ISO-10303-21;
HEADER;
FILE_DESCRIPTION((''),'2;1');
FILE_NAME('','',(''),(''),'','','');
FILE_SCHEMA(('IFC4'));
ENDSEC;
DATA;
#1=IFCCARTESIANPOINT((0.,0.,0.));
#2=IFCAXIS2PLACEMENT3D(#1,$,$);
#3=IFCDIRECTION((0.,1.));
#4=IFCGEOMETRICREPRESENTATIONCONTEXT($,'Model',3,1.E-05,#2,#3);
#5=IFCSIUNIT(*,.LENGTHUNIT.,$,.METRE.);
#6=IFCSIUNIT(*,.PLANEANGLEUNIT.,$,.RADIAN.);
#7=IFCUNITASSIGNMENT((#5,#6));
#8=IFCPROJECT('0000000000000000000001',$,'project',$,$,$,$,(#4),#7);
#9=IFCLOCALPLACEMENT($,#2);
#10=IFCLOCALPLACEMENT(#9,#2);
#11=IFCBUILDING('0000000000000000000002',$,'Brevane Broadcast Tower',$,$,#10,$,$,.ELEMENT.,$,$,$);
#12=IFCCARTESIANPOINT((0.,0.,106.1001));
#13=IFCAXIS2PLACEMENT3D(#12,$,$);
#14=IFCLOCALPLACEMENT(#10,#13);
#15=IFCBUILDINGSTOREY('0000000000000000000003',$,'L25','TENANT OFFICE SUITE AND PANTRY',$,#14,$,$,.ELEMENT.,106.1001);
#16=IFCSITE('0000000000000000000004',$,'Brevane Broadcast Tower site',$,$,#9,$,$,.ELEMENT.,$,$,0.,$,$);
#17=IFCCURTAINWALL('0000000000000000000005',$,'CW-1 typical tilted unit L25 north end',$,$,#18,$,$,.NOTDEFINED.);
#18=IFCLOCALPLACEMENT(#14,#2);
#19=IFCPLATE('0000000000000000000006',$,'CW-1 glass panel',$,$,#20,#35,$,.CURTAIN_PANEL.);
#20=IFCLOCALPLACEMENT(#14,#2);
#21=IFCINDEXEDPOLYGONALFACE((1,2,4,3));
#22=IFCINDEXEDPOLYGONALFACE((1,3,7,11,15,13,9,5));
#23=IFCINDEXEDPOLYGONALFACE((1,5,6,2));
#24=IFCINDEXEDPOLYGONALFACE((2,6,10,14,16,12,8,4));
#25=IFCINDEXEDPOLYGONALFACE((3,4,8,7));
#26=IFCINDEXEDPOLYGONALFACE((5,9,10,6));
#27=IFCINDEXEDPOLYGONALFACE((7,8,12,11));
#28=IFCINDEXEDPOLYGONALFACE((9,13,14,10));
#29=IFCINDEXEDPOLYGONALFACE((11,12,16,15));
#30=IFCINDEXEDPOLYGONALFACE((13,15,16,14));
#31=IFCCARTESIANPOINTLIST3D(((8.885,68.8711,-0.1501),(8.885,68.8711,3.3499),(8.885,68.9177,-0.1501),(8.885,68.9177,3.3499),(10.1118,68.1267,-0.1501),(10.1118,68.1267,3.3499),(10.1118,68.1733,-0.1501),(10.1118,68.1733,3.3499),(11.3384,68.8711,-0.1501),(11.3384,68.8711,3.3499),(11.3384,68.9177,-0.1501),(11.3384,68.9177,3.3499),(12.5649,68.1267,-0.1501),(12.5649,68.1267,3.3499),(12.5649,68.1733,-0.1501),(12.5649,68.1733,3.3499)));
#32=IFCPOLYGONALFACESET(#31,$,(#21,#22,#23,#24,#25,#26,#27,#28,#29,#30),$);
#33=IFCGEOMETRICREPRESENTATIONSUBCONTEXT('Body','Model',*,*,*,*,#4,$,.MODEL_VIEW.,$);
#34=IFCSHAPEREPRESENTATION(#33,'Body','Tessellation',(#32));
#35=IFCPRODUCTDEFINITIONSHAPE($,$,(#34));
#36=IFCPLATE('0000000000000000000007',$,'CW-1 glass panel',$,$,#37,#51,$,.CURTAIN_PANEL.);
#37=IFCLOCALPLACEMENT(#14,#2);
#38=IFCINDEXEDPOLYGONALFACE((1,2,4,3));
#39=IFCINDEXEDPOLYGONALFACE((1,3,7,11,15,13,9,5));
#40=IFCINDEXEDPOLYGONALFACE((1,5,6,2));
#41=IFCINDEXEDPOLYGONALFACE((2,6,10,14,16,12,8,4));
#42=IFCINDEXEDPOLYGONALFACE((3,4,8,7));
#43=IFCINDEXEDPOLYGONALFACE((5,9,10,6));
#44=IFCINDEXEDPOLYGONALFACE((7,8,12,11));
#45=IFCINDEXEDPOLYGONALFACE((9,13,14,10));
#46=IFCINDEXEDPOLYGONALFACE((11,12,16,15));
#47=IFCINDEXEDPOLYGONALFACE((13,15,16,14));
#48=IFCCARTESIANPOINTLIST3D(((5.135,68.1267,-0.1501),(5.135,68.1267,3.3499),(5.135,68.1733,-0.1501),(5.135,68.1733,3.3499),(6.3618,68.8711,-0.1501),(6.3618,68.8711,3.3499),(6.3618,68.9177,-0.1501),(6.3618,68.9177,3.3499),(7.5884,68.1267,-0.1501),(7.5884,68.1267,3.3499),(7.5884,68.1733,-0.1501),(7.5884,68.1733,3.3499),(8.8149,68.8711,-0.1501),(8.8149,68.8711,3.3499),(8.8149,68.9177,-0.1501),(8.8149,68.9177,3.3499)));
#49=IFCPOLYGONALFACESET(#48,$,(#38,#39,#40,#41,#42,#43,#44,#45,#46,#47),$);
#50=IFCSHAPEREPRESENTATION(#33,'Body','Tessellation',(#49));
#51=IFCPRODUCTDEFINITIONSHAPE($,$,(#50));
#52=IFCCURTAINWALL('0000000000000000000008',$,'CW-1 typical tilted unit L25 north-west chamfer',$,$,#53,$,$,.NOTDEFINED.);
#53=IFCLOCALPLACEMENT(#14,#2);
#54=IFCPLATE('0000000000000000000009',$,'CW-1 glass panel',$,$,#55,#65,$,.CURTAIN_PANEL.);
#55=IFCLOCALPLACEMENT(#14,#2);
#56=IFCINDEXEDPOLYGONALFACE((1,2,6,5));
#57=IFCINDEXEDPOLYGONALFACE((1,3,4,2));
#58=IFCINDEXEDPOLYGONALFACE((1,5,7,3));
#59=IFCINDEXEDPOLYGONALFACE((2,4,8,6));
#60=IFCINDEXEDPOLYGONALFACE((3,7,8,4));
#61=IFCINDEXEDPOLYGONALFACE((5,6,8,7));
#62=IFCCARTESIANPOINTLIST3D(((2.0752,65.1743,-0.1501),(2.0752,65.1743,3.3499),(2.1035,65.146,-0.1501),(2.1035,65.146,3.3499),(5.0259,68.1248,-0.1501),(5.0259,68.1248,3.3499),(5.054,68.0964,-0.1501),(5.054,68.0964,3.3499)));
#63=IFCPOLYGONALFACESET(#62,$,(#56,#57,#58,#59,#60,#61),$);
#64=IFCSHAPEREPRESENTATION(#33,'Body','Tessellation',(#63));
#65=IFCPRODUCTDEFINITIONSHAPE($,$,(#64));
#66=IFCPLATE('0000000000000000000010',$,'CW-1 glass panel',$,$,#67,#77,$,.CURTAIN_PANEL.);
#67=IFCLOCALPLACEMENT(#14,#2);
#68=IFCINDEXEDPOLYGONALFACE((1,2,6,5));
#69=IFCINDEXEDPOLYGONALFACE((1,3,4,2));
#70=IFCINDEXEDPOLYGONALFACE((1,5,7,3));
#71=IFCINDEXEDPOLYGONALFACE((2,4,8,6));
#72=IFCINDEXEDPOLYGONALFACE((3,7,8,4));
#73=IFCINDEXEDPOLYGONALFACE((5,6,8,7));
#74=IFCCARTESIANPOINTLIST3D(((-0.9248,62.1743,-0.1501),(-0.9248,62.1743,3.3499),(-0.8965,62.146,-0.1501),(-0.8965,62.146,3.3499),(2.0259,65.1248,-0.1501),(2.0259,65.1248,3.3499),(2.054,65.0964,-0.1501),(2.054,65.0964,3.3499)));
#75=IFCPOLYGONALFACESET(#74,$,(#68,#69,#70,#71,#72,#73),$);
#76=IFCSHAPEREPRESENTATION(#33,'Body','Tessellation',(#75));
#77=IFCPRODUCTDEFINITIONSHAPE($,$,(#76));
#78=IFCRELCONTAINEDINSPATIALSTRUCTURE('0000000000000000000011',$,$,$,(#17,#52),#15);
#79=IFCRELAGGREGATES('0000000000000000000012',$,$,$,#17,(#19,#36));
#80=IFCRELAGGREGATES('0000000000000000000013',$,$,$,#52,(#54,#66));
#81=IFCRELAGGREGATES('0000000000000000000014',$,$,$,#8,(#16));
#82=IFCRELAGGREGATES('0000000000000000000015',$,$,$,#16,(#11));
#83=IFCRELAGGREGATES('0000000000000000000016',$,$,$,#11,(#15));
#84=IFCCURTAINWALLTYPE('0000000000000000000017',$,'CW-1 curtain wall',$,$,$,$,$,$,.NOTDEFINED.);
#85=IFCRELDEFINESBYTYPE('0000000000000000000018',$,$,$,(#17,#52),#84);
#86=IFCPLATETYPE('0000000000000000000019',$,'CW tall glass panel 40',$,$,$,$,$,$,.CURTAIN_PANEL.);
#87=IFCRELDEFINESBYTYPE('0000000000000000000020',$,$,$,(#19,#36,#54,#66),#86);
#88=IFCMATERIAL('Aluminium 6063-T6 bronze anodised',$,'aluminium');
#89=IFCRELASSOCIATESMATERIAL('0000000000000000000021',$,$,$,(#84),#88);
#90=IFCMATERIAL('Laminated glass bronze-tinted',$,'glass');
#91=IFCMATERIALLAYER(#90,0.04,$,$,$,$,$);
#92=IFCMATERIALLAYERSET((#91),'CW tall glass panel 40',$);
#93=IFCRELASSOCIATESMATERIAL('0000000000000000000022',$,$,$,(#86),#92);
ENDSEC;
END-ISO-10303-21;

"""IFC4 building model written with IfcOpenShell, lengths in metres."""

from ifc_helpers import new_model, si_unit, direction, frame, origin, place, context, subcontext, project, spatial, polyline, outline, extrude, material, layer, layer_set, type_object, element, aggregate, save


model = new_model("IFC4")

# Units and contexts
model_context = context("Model", 3, precision=1e-05, world=origin(), true_north=direction((0.0, 1.0)))
body_context = subcontext(model_context, "Body", "Model", "MODEL_VIEW")
ifc_project = project(units=[si_unit("LENGTHUNIT", "METRE"), si_unit("PLANEANGLEUNIT", "RADIAN")], contexts=[model_context])

# Site, building, storey
site_placement = place(None, origin())
site = spatial("IfcSite", under=ifc_project, at=site_placement, Name="Brevane Broadcast Tower site", CompositionType="ELEMENT", RefElevation=0.0)
building_placement = place(site_placement, origin())
building = spatial("IfcBuilding", under=site, at=building_placement, Name="Brevane Broadcast Tower", CompositionType="ELEMENT")
storey_placement = place(building_placement, frame((0.0, 0.0, 106.1001)))
storey = spatial("IfcBuildingStorey", under=building, at=storey_placement, Name="L25", Description="TENANT OFFICE SUITE AND PANTRY", CompositionType="ELEMENT", Elevation=106.1001)

# Shared definitions
ifc_material_1 = material(Name="Aluminium 6063-T6 bronze anodised", Category="aluminium")
curtain_wall_type = type_object("IfcCurtainWallType", Name="CW-1 curtain wall", PredefinedType="NOTDEFINED", material=ifc_material_1)

# Curtain walls, plates
ifc_material_2 = material(Name="Laminated glass bronze-tinted", Category="glass")
ifc_layer = layer(ifc_material_2, 0.04)
ifc_layer_set = layer_set([ifc_layer], Name="CW tall glass panel 40")
plate_type = type_object("IfcPlateType", Name="CW tall glass panel 40", PredefinedType="CURTAIN_PANEL", material=ifc_layer_set)
curtain_wall_1_placement = place(storey_placement, origin())
curtain_wall_1 = element("IfcCurtainWall", 1, at=curtain_wall_1_placement, inside=storey, type_object=curtain_wall_type, Name="CW-1 typical tilted unit L25 north end", PredefinedType="NOTDEFINED")
plate_1_placement = place(storey_placement, frame((0.0, 0.0, -0.1501)))
plate_1 = element("IfcPlate", 2, at=plate_1_placement, type_object=plate_type, Name="CW-1 glass panel", PredefinedType="CURTAIN_PANEL", context=body_context, shape_type="SweptSolid", body=[
    extrude(outline(polyline([(12.5649, 68.1267), (12.5649, 68.1733), (11.3384, 68.9177), (10.1118, 68.1733), (8.885, 68.9177), (8.885, 68.8711), (10.1118, 68.1267), (11.3384, 68.8711), (12.5649, 68.1267)])), origin(), (0.0, 0.0, 1.0), 3.5),
])
plate_2_placement = place(storey_placement, frame((0.0, 0.0, -0.1501)))
plate_2 = element("IfcPlate", 3, at=plate_2_placement, type_object=plate_type, Name="CW-1 glass panel", PredefinedType="CURTAIN_PANEL", context=body_context, shape_type="SweptSolid", body=[
    extrude(outline(polyline([(8.8149, 68.8711), (8.8149, 68.9177), (7.5884, 68.1733), (6.3618, 68.9177), (5.135, 68.1733), (5.135, 68.1267), (6.3618, 68.8711), (7.5884, 68.1267), (8.8149, 68.8711)])), origin(), (0.0, 0.0, 1.0), 3.5),
])
aggregate(curtain_wall_1, [plate_1, plate_2])
curtain_wall_2_placement = place(storey_placement, origin())
curtain_wall_2 = element("IfcCurtainWall", 4, at=curtain_wall_2_placement, inside=storey, type_object=curtain_wall_type, Name="CW-1 typical tilted unit L25 north-west chamfer", PredefinedType="NOTDEFINED")
plate_3_placement = place(storey_placement, frame((0.0, 0.0, -0.1501)))
plate_3 = element("IfcPlate", 5, at=plate_3_placement, type_object=plate_type, Name="CW-1 glass panel", PredefinedType="CURTAIN_PANEL", context=body_context, shape_type="SweptSolid", body=[
    extrude(outline(polyline([(5.054, 68.0964), (2.1035, 65.146), (2.0752, 65.1743), (5.0259, 68.1248), (5.054, 68.0964)])), origin(), (0.0, 0.0, 1.0), 3.5),
])
plate_4_placement = place(storey_placement, frame((0.0, 0.0, -0.1501)))
plate_4 = element("IfcPlate", 6, at=plate_4_placement, type_object=plate_type, Name="CW-1 glass panel", PredefinedType="CURTAIN_PANEL", context=body_context, shape_type="SweptSolid", body=[
    extrude(outline(polyline([(2.054, 65.0964), (-0.8965, 62.146), (-0.9248, 62.1743), (2.0259, 65.1248), (2.054, 65.0964)])), origin(), (0.0, 0.0, 1.0), 3.5),
])
aggregate(curtain_wall_2, [plate_3, plate_4])

save(model, "model.ifc")
